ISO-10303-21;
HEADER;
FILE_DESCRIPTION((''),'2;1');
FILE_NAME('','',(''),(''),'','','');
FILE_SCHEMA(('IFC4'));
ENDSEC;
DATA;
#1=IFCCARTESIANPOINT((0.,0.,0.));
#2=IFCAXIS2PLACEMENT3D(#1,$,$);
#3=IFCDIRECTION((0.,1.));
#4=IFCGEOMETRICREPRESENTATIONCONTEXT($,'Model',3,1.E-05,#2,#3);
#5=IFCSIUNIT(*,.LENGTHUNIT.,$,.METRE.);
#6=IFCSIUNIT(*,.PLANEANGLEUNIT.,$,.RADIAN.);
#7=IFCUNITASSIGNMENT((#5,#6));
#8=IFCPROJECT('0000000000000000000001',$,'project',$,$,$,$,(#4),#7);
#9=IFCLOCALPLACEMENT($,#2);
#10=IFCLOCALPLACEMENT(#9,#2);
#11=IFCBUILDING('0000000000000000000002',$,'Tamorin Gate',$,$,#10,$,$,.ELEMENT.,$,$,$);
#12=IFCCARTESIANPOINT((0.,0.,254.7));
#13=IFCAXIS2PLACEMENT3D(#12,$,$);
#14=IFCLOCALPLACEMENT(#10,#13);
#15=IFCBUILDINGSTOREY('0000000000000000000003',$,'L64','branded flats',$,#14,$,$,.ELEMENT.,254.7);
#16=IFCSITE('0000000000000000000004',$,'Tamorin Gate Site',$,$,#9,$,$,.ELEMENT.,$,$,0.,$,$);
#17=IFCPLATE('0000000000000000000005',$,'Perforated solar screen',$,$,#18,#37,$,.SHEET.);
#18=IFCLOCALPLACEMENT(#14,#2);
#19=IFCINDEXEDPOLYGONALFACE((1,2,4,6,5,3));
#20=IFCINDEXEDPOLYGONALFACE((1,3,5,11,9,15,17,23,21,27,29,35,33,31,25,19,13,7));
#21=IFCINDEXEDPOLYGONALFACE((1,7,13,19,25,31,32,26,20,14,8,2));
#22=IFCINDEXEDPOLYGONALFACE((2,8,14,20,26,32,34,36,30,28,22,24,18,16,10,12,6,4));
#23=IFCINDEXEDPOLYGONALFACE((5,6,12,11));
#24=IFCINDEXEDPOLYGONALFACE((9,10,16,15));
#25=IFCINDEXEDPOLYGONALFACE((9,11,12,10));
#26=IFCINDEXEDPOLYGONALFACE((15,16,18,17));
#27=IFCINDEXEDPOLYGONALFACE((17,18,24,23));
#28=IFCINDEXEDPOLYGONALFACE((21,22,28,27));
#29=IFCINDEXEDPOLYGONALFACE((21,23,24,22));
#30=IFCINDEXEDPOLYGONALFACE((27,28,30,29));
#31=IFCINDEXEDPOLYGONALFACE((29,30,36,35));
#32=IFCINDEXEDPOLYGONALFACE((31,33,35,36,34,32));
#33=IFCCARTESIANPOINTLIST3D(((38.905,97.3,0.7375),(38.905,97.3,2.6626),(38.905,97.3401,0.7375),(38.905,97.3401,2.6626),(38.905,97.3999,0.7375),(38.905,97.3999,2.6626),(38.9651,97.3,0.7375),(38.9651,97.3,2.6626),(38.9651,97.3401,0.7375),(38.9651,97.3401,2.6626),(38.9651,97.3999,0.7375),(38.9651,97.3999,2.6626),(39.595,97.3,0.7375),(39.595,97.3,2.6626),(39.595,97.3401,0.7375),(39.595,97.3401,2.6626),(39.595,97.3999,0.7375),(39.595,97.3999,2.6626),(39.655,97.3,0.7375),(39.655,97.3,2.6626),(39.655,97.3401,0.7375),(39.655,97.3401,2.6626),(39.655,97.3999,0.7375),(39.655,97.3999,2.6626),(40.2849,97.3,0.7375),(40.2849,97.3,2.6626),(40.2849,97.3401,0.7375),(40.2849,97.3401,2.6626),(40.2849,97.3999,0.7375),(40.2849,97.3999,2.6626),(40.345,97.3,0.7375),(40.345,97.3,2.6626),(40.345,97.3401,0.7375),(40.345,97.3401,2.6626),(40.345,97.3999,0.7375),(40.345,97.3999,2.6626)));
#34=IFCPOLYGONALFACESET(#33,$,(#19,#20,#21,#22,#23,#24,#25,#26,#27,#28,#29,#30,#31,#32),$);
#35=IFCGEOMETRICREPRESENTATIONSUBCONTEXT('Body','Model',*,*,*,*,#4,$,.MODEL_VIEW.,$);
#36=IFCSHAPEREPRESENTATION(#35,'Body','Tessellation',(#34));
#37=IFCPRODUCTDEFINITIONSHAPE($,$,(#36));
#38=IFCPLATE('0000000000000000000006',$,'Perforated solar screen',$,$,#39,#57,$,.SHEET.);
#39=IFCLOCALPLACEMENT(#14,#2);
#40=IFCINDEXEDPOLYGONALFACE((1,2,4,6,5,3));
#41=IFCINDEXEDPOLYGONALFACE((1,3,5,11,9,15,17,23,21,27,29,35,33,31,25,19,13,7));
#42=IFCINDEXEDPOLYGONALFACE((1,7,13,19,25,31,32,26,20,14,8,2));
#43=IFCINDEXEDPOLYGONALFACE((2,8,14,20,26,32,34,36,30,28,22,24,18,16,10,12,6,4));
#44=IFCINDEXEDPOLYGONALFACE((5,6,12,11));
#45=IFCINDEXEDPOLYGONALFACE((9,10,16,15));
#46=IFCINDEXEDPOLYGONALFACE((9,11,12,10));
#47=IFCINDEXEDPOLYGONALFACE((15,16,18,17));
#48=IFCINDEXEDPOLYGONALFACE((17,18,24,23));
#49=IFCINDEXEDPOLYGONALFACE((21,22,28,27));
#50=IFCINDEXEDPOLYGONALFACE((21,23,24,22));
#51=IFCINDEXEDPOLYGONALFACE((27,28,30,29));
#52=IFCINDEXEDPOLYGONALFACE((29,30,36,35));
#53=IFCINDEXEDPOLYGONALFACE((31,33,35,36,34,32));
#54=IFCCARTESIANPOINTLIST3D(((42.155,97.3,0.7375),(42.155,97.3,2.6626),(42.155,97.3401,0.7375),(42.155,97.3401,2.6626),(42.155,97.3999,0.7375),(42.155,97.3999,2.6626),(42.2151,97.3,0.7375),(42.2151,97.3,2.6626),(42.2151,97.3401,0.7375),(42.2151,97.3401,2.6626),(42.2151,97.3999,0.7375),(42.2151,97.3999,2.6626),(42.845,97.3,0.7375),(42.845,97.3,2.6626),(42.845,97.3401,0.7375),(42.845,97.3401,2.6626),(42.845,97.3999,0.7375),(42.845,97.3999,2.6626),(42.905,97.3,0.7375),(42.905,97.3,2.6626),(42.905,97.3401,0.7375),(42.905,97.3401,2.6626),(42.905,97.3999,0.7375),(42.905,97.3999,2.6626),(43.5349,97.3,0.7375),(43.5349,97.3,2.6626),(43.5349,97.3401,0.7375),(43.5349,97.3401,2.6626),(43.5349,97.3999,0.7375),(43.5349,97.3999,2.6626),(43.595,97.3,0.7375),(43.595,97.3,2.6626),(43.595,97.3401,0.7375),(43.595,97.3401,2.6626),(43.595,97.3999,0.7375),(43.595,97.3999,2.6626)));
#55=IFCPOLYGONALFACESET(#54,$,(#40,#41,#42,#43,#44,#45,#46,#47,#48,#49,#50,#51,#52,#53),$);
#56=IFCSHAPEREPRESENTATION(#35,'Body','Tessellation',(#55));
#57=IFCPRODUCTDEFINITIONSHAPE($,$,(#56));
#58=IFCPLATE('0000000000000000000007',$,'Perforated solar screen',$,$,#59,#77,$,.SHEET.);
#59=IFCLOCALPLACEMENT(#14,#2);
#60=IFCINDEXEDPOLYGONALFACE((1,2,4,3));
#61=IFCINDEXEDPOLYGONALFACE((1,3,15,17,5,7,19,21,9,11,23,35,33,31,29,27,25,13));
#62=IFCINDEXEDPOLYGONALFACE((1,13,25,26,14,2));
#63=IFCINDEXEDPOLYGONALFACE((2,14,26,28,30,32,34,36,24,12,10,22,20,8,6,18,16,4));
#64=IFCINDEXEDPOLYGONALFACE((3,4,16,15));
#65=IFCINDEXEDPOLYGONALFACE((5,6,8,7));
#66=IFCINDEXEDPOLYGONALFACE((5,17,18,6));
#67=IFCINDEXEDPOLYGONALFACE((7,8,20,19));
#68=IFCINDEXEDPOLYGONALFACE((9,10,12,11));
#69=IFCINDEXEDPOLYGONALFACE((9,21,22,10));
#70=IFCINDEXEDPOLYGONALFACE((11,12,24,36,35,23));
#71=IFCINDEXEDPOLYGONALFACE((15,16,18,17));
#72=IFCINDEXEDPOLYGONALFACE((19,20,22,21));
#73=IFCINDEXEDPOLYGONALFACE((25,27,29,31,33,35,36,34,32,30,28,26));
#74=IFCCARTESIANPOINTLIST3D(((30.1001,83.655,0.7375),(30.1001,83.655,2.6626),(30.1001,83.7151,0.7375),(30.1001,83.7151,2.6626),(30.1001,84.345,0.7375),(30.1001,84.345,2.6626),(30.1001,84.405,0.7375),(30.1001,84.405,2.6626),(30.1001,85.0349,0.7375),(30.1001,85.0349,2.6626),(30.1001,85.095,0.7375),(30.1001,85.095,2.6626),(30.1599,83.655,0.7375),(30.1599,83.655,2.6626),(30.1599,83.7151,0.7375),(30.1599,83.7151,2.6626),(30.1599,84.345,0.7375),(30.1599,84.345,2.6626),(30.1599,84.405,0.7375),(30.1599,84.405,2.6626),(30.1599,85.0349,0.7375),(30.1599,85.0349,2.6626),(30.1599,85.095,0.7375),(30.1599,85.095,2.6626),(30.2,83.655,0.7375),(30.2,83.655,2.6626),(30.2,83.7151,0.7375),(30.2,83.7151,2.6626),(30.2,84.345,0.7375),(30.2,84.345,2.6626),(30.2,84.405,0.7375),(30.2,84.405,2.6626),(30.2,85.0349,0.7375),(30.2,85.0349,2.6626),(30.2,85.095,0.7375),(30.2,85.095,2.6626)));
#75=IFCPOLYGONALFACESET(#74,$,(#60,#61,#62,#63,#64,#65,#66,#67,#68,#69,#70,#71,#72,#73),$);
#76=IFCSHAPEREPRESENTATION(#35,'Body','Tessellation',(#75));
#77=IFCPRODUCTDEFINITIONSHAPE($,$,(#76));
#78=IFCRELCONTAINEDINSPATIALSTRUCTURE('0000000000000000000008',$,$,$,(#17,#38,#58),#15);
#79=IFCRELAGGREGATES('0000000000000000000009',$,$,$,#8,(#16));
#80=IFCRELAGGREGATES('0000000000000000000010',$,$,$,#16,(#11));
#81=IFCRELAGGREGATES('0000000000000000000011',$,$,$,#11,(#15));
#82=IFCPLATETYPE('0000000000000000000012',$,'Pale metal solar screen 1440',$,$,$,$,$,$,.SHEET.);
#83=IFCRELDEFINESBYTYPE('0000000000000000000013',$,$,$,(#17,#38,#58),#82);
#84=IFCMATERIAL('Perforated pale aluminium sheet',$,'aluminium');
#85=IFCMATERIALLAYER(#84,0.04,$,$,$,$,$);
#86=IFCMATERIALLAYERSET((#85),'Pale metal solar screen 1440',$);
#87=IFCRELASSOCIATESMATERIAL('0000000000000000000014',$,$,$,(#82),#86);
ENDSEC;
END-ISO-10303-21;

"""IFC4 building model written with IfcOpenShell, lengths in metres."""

from ifc_helpers import new_model, si_unit, direction, frame, origin, place, context, subcontext, project, spatial, polyline, outline, extrude, material, layer, layer_set, type_object, element, save


model = new_model("IFC4")

# Units and contexts
model_context = context("Model", 3, precision=1e-05, world=origin(), true_north=direction((0.0, 1.0)))
body_context = subcontext(model_context, "Body", "Model", "MODEL_VIEW")
ifc_project = project(units=[si_unit("LENGTHUNIT", "METRE"), si_unit("PLANEANGLEUNIT", "RADIAN")], contexts=[model_context])

# Site, building, storey
site_placement = place(None, origin())
site = spatial("IfcSite", under=ifc_project, at=site_placement, Name="Tamorin Gate Site", CompositionType="ELEMENT", RefElevation=0.0)
building_placement = place(site_placement, origin())
building = spatial("IfcBuilding", under=site, at=building_placement, Name="Tamorin Gate", CompositionType="ELEMENT")
storey_placement = place(building_placement, frame((0.0, 0.0, 254.7)))
storey = spatial("IfcBuildingStorey", under=building, at=storey_placement, Name="L64", Description="branded flats", CompositionType="ELEMENT", Elevation=254.7)

# Plates
ifc_material_1 = material(Name="Perforated pale aluminium sheet", Category="aluminium")
ifc_layer_1 = layer(ifc_material_1, 0.04)
ifc_layer_set_1 = layer_set([ifc_layer_1], Name="Pale metal solar screen 1440")
plate_type = type_object("IfcPlateType", Name="Pale metal solar screen 1440", PredefinedType="SHEET", material=ifc_layer_set_1)
plate_1_placement = place(storey_placement, frame((0.0, 0.0, 0.7375)))
element("IfcPlate", 1, at=plate_1_placement, inside=storey, type_object=plate_type, Name="Perforated solar screen", PredefinedType="SHEET", context=body_context, shape_type="SweptSolid", body=[
    extrude(outline(polyline([(40.345, 97.3401), (40.345, 97.3), (40.2849, 97.3), (39.655, 97.3), (39.595, 97.3), (38.9651, 97.3), (38.905, 97.3), (38.905, 97.3401), (38.905, 97.3999), (38.9651, 97.3999), (38.9651, 97.3401), (39.595, 97.3401), (39.595, 97.3999), (39.655, 97.3999), (39.655, 97.3401), (40.2849, 97.3401), (40.2849, 97.3999), (40.345, 97.3999), (40.345, 97.3401)])), origin(), (0.0, 0.0, 1.0), 1.925),
])
plate_2_placement = place(storey_placement, frame((0.0, 0.0, 0.7375)))
element("IfcPlate", 2, at=plate_2_placement, inside=storey, type_object=plate_type, Name="Perforated solar screen", PredefinedType="SHEET", context=body_context, shape_type="SweptSolid", body=[
    extrude(outline(polyline([(43.595, 97.3401), (43.595, 97.3), (43.5349, 97.3), (42.905, 97.3), (42.845, 97.3), (42.2151, 97.3), (42.155, 97.3), (42.155, 97.3401), (42.155, 97.3999), (42.2151, 97.3999), (42.2151, 97.3401), (42.845, 97.3401), (42.845, 97.3999), (42.905, 97.3999), (42.905, 97.3401), (43.5349, 97.3401), (43.5349, 97.3999), (43.595, 97.3999), (43.595, 97.3401)])), origin(), (0.0, 0.0, 1.0), 1.925),
])
plate_3_placement = place(storey_placement, frame((0.0, 0.0, 0.7375)))
element("IfcPlate", 3, at=plate_3_placement, inside=storey, type_object=plate_type, Name="Perforated solar screen", PredefinedType="SHEET", context=body_context, shape_type="SweptSolid", body=[
    extrude(outline(polyline([(30.1599, 85.095), (30.2, 85.095), (30.2, 85.0349), (30.2, 84.405), (30.2, 84.345), (30.2, 83.7151), (30.2, 83.655), (30.1599, 83.655), (30.1001, 83.655), (30.1001, 83.7151), (30.1599, 83.7151), (30.1599, 84.345), (30.1001, 84.345), (30.1001, 84.405), (30.1599, 84.405), (30.1599, 85.0349), (30.1001, 85.0349), (30.1001, 85.095), (30.1599, 85.095)])), origin(), (0.0, 0.0, 1.0), 1.925),
])

save(model, "model.ifc")
